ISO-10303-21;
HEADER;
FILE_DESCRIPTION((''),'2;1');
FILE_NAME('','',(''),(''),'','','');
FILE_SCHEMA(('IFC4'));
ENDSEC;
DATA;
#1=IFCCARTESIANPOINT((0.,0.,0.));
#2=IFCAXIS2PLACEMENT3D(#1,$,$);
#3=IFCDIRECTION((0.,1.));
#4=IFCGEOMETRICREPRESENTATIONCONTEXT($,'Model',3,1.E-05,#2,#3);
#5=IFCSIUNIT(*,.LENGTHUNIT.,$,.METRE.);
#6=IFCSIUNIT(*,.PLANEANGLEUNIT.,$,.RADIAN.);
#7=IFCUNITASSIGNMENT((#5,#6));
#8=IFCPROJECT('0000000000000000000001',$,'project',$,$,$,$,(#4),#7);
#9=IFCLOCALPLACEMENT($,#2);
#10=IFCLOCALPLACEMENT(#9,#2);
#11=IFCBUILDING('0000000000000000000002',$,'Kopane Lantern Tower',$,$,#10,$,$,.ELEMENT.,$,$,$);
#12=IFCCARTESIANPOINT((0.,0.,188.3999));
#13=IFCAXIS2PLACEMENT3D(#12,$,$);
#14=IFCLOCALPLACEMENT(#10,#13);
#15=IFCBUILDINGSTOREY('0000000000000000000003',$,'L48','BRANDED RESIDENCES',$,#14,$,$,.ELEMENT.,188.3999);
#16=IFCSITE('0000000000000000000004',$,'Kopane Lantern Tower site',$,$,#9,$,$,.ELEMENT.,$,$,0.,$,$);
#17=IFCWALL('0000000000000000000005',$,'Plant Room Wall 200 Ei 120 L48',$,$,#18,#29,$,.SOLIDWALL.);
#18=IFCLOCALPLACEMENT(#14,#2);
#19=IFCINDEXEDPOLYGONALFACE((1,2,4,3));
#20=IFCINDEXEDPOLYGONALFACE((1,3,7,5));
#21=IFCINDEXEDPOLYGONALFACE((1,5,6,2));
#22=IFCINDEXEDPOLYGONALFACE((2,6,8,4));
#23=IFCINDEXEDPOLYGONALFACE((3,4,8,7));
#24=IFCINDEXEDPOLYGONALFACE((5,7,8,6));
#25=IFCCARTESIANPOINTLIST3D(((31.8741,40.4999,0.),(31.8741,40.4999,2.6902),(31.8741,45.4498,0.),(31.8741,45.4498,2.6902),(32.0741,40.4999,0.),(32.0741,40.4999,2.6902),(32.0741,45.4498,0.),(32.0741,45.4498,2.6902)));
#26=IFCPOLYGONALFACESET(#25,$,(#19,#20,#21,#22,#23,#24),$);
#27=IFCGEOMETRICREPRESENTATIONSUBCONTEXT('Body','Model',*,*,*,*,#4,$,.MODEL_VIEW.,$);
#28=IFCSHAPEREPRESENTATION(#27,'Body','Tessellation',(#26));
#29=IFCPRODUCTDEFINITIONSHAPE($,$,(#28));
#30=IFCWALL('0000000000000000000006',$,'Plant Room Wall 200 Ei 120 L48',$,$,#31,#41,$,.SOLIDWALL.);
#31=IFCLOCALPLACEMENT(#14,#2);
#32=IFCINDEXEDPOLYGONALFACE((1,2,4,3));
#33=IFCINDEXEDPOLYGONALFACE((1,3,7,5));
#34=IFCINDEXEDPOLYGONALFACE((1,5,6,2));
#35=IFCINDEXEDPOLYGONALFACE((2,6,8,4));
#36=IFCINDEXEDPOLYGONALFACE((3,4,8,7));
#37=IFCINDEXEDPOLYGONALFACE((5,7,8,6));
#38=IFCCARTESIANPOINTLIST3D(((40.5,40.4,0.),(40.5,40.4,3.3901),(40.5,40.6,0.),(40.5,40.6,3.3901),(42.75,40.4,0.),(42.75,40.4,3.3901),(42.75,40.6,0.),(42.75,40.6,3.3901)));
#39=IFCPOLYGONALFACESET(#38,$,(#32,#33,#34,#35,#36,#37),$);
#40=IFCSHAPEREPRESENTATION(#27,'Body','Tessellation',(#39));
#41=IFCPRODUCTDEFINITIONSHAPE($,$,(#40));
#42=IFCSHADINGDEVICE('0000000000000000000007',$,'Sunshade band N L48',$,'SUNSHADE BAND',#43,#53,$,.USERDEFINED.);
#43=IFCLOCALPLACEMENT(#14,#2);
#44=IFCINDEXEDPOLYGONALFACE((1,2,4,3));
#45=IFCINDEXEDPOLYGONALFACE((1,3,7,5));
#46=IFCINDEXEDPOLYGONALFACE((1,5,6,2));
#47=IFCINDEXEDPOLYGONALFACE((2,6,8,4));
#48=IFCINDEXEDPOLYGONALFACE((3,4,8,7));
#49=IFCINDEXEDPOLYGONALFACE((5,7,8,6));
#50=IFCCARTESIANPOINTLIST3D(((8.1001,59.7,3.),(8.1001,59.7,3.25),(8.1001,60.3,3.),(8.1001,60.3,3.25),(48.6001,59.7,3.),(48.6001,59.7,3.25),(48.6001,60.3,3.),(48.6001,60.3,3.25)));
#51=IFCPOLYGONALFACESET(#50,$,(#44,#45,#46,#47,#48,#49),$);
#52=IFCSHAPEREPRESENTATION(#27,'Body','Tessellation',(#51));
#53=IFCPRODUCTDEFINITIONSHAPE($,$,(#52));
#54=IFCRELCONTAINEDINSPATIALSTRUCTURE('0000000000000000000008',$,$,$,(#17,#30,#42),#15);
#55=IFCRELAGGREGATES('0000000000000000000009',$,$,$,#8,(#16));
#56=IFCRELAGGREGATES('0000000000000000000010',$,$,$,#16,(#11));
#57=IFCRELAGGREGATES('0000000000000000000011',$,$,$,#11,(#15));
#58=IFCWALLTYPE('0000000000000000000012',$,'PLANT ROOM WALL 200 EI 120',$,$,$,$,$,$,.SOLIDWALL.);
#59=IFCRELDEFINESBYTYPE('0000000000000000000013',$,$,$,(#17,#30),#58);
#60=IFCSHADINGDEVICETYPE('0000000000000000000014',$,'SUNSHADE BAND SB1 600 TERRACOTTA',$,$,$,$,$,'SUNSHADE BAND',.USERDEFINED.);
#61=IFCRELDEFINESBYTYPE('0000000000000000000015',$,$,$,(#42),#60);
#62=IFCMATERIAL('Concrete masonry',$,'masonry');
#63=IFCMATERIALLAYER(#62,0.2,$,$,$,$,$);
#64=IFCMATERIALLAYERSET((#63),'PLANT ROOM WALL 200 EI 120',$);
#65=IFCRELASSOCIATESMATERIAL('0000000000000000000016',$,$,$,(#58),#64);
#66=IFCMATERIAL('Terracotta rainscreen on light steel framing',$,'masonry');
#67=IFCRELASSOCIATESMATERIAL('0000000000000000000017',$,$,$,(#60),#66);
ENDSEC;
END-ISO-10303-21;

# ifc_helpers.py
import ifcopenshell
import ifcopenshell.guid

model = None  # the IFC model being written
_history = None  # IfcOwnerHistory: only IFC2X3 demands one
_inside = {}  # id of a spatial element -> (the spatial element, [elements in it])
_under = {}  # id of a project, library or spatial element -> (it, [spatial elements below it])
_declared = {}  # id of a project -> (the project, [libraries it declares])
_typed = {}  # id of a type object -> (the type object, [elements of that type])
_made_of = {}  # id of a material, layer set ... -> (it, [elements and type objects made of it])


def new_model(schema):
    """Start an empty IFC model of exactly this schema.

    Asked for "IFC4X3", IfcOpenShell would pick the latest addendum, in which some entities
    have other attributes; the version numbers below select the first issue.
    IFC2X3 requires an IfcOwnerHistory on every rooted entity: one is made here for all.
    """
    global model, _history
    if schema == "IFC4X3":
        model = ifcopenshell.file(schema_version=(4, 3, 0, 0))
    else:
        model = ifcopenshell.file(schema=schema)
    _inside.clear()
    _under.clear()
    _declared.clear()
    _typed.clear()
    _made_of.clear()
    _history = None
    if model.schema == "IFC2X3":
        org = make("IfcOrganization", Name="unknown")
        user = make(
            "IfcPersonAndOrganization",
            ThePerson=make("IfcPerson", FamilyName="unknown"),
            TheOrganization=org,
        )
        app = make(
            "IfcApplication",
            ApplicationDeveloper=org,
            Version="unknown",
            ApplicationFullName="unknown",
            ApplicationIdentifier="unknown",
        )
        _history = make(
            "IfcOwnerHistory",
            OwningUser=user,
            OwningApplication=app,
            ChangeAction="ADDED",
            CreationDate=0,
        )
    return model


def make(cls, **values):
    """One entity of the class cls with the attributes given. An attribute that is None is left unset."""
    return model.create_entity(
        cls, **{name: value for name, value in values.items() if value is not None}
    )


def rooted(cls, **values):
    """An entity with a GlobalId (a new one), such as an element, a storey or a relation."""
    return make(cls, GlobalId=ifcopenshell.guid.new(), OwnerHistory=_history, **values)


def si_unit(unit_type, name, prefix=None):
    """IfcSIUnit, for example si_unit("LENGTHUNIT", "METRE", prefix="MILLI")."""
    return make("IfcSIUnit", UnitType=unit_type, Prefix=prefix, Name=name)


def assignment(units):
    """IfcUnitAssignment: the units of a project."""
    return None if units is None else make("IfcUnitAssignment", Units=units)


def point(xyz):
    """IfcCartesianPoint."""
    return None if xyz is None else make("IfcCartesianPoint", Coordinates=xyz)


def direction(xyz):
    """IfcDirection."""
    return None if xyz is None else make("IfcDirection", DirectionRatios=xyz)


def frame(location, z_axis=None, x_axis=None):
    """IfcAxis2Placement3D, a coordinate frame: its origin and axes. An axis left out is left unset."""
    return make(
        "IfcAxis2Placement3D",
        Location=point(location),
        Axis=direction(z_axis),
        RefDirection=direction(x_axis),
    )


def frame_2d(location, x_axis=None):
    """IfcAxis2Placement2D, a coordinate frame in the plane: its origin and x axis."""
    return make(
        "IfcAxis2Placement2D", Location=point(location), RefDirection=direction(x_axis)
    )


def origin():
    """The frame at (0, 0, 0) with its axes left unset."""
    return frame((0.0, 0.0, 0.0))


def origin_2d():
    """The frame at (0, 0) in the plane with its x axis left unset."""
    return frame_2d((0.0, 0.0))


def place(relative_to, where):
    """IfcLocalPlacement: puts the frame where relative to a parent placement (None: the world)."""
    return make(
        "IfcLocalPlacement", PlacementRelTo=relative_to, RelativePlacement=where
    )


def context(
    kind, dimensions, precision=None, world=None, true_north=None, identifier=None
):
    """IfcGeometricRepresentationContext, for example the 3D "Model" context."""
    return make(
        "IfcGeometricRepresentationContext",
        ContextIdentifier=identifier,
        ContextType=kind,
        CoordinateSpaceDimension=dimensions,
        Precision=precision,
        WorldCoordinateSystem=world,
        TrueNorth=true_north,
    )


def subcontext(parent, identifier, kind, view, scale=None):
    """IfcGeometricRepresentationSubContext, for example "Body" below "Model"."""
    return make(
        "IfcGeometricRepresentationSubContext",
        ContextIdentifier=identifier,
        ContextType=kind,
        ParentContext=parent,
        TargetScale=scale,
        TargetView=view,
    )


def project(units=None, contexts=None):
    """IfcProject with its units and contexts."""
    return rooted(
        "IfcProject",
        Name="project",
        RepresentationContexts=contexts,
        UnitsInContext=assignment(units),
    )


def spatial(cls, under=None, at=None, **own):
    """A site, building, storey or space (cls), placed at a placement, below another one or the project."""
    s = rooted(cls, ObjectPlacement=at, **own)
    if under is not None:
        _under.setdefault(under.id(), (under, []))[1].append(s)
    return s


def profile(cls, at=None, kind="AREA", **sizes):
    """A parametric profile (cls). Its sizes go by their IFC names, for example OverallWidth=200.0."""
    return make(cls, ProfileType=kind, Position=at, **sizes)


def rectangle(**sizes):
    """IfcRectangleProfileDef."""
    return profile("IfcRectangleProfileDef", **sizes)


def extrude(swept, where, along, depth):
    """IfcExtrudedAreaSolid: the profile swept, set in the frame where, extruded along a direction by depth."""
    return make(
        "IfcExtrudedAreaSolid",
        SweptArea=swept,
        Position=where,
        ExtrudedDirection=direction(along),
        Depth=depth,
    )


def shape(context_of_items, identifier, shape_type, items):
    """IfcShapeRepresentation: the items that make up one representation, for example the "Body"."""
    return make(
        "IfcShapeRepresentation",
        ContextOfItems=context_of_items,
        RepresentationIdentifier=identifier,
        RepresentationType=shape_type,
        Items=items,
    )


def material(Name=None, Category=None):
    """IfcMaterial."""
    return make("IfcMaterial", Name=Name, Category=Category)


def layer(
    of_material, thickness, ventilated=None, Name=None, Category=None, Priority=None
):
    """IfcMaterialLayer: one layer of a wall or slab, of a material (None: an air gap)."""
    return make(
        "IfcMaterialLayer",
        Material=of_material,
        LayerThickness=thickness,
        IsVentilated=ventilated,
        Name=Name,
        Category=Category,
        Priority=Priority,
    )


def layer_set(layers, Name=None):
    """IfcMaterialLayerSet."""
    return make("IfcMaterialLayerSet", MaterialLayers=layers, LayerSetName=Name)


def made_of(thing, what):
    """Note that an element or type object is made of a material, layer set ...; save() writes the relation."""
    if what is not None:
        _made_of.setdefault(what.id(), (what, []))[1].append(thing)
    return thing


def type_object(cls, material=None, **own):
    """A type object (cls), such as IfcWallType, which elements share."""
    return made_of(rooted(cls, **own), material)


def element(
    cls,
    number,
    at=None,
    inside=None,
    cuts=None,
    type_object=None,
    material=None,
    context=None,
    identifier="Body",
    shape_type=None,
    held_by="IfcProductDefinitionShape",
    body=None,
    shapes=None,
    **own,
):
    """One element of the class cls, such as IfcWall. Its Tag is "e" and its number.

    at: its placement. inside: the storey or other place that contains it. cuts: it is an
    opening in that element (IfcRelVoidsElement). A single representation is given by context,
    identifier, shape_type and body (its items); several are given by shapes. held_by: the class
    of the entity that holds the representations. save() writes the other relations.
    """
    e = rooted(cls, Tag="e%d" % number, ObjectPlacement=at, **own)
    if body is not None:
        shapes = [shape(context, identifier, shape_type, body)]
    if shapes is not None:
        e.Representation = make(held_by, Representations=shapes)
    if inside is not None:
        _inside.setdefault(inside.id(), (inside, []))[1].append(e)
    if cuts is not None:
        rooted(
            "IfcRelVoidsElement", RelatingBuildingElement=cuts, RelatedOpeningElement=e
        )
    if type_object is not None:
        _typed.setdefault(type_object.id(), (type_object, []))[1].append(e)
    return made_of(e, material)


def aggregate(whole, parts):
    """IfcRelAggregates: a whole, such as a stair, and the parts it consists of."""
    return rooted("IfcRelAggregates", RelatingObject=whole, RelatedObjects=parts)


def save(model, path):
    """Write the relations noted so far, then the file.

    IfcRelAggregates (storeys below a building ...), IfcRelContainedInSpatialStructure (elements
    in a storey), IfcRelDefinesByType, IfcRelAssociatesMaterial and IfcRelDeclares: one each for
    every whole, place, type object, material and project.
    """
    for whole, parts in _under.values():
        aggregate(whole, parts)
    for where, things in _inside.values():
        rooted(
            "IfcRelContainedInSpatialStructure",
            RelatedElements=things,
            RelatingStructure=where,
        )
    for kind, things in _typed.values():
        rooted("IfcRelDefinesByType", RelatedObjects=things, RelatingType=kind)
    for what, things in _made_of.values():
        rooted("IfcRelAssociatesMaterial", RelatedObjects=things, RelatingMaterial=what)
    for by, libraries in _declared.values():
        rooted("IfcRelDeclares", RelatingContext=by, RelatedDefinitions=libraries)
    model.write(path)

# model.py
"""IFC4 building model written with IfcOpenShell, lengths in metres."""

from ifc_helpers import new_model, si_unit, direction, frame, frame_2d, origin, origin_2d, place, context, subcontext, project, spatial, rectangle, extrude, material, layer, layer_set, type_object, element, save


model = new_model("IFC4")

# Units and contexts
model_context = context("Model", 3, precision=1e-05, world=origin(), true_north=direction((0.0, 1.0)))
body_context = subcontext(model_context, "Body", "Model", "MODEL_VIEW")
ifc_project = project(units=[si_unit("LENGTHUNIT", "METRE"), si_unit("PLANEANGLEUNIT", "RADIAN")], contexts=[model_context])

# Site, building, storey
site_placement = place(None, origin())
site = spatial("IfcSite", under=ifc_project, at=site_placement, Name="Kopane Lantern Tower site", CompositionType="ELEMENT", RefElevation=0.0)
building_placement = place(site_placement, origin())
building = spatial("IfcBuilding", under=site, at=building_placement, Name="Kopane Lantern Tower", CompositionType="ELEMENT")
storey_placement = place(building_placement, frame((0.0, 0.0, 188.3999)))
storey = spatial("IfcBuildingStorey", under=building, at=storey_placement, Name="L48", Description="BRANDED RESIDENCES", CompositionType="ELEMENT", Elevation=188.3999)

# Walls
ifc_material_1 = material(Name="Concrete masonry", Category="masonry")
ifc_layer_1 = layer(ifc_material_1, 0.2)
ifc_layer_set_1 = layer_set([ifc_layer_1], Name="PLANT ROOM WALL 200 EI 120")
wall_type_1 = type_object("IfcWallType", Name="PLANT ROOM WALL 200 EI 120", PredefinedType="SOLIDWALL", material=ifc_layer_set_1)
wall_1_placement = place(storey_placement, frame((31.9741, 45.45, 0.0), z_axis=(0.0, 0.0, 1.0), x_axis=(0.0, -1.0, 0.0)))
element("IfcWall", 1, at=wall_1_placement, inside=storey, type_object=wall_type_1, Name="Plant Room Wall 200 Ei 120 L48", PredefinedType="SOLIDWALL", context=body_context, shape_type="SweptSolid", body=[
    extrude(rectangle(XDim=4.95, YDim=0.2, at=frame_2d((2.4751, 0.0))), origin(), (0.0, 0.0, 1.0), 2.6902),
])
wall_2_placement = place(storey_placement, frame((40.5, 40.5, 0.0), z_axis=(0.0, 0.0, 1.0), x_axis=(1.0, 0.0, 0.0)))
element("IfcWall", 2, at=wall_2_placement, inside=storey, type_object=wall_type_1, Name="Plant Room Wall 200 Ei 120 L48", PredefinedType="SOLIDWALL", context=body_context, shape_type="SweptSolid", body=[
    extrude(rectangle(XDim=2.25, YDim=0.2, at=frame_2d((1.125, 0.0))), origin(), (0.0, 0.0, 1.0), 3.3901),
])

# Shading device
ifc_material_2 = material(Name="Terracotta rainscreen on light steel framing", Category="masonry")
shading_device_type = type_object("IfcShadingDeviceType", Name="SUNSHADE BAND SB1 600 TERRACOTTA", ElementType="SUNSHADE BAND", PredefinedType="USERDEFINED", material=ifc_material_2)
shading_device_placement = place(storey_placement, frame((28.3501, 60.0, 3.0), z_axis=(0.0, 0.0, 1.0), x_axis=(-1.0, 0.0, 0.0)))
element("IfcShadingDevice", 3, at=shading_device_placement, inside=storey, type_object=shading_device_type, Name="Sunshade band N L48", ObjectType="SUNSHADE BAND", PredefinedType="USERDEFINED", context=body_context, shape_type="SweptSolid", body=[
    extrude(rectangle(XDim=40.5, YDim=0.6001, at=origin_2d()), origin(), (0.0, 0.0, 1.0), 0.25),
])

save(model, "model.ifc")
